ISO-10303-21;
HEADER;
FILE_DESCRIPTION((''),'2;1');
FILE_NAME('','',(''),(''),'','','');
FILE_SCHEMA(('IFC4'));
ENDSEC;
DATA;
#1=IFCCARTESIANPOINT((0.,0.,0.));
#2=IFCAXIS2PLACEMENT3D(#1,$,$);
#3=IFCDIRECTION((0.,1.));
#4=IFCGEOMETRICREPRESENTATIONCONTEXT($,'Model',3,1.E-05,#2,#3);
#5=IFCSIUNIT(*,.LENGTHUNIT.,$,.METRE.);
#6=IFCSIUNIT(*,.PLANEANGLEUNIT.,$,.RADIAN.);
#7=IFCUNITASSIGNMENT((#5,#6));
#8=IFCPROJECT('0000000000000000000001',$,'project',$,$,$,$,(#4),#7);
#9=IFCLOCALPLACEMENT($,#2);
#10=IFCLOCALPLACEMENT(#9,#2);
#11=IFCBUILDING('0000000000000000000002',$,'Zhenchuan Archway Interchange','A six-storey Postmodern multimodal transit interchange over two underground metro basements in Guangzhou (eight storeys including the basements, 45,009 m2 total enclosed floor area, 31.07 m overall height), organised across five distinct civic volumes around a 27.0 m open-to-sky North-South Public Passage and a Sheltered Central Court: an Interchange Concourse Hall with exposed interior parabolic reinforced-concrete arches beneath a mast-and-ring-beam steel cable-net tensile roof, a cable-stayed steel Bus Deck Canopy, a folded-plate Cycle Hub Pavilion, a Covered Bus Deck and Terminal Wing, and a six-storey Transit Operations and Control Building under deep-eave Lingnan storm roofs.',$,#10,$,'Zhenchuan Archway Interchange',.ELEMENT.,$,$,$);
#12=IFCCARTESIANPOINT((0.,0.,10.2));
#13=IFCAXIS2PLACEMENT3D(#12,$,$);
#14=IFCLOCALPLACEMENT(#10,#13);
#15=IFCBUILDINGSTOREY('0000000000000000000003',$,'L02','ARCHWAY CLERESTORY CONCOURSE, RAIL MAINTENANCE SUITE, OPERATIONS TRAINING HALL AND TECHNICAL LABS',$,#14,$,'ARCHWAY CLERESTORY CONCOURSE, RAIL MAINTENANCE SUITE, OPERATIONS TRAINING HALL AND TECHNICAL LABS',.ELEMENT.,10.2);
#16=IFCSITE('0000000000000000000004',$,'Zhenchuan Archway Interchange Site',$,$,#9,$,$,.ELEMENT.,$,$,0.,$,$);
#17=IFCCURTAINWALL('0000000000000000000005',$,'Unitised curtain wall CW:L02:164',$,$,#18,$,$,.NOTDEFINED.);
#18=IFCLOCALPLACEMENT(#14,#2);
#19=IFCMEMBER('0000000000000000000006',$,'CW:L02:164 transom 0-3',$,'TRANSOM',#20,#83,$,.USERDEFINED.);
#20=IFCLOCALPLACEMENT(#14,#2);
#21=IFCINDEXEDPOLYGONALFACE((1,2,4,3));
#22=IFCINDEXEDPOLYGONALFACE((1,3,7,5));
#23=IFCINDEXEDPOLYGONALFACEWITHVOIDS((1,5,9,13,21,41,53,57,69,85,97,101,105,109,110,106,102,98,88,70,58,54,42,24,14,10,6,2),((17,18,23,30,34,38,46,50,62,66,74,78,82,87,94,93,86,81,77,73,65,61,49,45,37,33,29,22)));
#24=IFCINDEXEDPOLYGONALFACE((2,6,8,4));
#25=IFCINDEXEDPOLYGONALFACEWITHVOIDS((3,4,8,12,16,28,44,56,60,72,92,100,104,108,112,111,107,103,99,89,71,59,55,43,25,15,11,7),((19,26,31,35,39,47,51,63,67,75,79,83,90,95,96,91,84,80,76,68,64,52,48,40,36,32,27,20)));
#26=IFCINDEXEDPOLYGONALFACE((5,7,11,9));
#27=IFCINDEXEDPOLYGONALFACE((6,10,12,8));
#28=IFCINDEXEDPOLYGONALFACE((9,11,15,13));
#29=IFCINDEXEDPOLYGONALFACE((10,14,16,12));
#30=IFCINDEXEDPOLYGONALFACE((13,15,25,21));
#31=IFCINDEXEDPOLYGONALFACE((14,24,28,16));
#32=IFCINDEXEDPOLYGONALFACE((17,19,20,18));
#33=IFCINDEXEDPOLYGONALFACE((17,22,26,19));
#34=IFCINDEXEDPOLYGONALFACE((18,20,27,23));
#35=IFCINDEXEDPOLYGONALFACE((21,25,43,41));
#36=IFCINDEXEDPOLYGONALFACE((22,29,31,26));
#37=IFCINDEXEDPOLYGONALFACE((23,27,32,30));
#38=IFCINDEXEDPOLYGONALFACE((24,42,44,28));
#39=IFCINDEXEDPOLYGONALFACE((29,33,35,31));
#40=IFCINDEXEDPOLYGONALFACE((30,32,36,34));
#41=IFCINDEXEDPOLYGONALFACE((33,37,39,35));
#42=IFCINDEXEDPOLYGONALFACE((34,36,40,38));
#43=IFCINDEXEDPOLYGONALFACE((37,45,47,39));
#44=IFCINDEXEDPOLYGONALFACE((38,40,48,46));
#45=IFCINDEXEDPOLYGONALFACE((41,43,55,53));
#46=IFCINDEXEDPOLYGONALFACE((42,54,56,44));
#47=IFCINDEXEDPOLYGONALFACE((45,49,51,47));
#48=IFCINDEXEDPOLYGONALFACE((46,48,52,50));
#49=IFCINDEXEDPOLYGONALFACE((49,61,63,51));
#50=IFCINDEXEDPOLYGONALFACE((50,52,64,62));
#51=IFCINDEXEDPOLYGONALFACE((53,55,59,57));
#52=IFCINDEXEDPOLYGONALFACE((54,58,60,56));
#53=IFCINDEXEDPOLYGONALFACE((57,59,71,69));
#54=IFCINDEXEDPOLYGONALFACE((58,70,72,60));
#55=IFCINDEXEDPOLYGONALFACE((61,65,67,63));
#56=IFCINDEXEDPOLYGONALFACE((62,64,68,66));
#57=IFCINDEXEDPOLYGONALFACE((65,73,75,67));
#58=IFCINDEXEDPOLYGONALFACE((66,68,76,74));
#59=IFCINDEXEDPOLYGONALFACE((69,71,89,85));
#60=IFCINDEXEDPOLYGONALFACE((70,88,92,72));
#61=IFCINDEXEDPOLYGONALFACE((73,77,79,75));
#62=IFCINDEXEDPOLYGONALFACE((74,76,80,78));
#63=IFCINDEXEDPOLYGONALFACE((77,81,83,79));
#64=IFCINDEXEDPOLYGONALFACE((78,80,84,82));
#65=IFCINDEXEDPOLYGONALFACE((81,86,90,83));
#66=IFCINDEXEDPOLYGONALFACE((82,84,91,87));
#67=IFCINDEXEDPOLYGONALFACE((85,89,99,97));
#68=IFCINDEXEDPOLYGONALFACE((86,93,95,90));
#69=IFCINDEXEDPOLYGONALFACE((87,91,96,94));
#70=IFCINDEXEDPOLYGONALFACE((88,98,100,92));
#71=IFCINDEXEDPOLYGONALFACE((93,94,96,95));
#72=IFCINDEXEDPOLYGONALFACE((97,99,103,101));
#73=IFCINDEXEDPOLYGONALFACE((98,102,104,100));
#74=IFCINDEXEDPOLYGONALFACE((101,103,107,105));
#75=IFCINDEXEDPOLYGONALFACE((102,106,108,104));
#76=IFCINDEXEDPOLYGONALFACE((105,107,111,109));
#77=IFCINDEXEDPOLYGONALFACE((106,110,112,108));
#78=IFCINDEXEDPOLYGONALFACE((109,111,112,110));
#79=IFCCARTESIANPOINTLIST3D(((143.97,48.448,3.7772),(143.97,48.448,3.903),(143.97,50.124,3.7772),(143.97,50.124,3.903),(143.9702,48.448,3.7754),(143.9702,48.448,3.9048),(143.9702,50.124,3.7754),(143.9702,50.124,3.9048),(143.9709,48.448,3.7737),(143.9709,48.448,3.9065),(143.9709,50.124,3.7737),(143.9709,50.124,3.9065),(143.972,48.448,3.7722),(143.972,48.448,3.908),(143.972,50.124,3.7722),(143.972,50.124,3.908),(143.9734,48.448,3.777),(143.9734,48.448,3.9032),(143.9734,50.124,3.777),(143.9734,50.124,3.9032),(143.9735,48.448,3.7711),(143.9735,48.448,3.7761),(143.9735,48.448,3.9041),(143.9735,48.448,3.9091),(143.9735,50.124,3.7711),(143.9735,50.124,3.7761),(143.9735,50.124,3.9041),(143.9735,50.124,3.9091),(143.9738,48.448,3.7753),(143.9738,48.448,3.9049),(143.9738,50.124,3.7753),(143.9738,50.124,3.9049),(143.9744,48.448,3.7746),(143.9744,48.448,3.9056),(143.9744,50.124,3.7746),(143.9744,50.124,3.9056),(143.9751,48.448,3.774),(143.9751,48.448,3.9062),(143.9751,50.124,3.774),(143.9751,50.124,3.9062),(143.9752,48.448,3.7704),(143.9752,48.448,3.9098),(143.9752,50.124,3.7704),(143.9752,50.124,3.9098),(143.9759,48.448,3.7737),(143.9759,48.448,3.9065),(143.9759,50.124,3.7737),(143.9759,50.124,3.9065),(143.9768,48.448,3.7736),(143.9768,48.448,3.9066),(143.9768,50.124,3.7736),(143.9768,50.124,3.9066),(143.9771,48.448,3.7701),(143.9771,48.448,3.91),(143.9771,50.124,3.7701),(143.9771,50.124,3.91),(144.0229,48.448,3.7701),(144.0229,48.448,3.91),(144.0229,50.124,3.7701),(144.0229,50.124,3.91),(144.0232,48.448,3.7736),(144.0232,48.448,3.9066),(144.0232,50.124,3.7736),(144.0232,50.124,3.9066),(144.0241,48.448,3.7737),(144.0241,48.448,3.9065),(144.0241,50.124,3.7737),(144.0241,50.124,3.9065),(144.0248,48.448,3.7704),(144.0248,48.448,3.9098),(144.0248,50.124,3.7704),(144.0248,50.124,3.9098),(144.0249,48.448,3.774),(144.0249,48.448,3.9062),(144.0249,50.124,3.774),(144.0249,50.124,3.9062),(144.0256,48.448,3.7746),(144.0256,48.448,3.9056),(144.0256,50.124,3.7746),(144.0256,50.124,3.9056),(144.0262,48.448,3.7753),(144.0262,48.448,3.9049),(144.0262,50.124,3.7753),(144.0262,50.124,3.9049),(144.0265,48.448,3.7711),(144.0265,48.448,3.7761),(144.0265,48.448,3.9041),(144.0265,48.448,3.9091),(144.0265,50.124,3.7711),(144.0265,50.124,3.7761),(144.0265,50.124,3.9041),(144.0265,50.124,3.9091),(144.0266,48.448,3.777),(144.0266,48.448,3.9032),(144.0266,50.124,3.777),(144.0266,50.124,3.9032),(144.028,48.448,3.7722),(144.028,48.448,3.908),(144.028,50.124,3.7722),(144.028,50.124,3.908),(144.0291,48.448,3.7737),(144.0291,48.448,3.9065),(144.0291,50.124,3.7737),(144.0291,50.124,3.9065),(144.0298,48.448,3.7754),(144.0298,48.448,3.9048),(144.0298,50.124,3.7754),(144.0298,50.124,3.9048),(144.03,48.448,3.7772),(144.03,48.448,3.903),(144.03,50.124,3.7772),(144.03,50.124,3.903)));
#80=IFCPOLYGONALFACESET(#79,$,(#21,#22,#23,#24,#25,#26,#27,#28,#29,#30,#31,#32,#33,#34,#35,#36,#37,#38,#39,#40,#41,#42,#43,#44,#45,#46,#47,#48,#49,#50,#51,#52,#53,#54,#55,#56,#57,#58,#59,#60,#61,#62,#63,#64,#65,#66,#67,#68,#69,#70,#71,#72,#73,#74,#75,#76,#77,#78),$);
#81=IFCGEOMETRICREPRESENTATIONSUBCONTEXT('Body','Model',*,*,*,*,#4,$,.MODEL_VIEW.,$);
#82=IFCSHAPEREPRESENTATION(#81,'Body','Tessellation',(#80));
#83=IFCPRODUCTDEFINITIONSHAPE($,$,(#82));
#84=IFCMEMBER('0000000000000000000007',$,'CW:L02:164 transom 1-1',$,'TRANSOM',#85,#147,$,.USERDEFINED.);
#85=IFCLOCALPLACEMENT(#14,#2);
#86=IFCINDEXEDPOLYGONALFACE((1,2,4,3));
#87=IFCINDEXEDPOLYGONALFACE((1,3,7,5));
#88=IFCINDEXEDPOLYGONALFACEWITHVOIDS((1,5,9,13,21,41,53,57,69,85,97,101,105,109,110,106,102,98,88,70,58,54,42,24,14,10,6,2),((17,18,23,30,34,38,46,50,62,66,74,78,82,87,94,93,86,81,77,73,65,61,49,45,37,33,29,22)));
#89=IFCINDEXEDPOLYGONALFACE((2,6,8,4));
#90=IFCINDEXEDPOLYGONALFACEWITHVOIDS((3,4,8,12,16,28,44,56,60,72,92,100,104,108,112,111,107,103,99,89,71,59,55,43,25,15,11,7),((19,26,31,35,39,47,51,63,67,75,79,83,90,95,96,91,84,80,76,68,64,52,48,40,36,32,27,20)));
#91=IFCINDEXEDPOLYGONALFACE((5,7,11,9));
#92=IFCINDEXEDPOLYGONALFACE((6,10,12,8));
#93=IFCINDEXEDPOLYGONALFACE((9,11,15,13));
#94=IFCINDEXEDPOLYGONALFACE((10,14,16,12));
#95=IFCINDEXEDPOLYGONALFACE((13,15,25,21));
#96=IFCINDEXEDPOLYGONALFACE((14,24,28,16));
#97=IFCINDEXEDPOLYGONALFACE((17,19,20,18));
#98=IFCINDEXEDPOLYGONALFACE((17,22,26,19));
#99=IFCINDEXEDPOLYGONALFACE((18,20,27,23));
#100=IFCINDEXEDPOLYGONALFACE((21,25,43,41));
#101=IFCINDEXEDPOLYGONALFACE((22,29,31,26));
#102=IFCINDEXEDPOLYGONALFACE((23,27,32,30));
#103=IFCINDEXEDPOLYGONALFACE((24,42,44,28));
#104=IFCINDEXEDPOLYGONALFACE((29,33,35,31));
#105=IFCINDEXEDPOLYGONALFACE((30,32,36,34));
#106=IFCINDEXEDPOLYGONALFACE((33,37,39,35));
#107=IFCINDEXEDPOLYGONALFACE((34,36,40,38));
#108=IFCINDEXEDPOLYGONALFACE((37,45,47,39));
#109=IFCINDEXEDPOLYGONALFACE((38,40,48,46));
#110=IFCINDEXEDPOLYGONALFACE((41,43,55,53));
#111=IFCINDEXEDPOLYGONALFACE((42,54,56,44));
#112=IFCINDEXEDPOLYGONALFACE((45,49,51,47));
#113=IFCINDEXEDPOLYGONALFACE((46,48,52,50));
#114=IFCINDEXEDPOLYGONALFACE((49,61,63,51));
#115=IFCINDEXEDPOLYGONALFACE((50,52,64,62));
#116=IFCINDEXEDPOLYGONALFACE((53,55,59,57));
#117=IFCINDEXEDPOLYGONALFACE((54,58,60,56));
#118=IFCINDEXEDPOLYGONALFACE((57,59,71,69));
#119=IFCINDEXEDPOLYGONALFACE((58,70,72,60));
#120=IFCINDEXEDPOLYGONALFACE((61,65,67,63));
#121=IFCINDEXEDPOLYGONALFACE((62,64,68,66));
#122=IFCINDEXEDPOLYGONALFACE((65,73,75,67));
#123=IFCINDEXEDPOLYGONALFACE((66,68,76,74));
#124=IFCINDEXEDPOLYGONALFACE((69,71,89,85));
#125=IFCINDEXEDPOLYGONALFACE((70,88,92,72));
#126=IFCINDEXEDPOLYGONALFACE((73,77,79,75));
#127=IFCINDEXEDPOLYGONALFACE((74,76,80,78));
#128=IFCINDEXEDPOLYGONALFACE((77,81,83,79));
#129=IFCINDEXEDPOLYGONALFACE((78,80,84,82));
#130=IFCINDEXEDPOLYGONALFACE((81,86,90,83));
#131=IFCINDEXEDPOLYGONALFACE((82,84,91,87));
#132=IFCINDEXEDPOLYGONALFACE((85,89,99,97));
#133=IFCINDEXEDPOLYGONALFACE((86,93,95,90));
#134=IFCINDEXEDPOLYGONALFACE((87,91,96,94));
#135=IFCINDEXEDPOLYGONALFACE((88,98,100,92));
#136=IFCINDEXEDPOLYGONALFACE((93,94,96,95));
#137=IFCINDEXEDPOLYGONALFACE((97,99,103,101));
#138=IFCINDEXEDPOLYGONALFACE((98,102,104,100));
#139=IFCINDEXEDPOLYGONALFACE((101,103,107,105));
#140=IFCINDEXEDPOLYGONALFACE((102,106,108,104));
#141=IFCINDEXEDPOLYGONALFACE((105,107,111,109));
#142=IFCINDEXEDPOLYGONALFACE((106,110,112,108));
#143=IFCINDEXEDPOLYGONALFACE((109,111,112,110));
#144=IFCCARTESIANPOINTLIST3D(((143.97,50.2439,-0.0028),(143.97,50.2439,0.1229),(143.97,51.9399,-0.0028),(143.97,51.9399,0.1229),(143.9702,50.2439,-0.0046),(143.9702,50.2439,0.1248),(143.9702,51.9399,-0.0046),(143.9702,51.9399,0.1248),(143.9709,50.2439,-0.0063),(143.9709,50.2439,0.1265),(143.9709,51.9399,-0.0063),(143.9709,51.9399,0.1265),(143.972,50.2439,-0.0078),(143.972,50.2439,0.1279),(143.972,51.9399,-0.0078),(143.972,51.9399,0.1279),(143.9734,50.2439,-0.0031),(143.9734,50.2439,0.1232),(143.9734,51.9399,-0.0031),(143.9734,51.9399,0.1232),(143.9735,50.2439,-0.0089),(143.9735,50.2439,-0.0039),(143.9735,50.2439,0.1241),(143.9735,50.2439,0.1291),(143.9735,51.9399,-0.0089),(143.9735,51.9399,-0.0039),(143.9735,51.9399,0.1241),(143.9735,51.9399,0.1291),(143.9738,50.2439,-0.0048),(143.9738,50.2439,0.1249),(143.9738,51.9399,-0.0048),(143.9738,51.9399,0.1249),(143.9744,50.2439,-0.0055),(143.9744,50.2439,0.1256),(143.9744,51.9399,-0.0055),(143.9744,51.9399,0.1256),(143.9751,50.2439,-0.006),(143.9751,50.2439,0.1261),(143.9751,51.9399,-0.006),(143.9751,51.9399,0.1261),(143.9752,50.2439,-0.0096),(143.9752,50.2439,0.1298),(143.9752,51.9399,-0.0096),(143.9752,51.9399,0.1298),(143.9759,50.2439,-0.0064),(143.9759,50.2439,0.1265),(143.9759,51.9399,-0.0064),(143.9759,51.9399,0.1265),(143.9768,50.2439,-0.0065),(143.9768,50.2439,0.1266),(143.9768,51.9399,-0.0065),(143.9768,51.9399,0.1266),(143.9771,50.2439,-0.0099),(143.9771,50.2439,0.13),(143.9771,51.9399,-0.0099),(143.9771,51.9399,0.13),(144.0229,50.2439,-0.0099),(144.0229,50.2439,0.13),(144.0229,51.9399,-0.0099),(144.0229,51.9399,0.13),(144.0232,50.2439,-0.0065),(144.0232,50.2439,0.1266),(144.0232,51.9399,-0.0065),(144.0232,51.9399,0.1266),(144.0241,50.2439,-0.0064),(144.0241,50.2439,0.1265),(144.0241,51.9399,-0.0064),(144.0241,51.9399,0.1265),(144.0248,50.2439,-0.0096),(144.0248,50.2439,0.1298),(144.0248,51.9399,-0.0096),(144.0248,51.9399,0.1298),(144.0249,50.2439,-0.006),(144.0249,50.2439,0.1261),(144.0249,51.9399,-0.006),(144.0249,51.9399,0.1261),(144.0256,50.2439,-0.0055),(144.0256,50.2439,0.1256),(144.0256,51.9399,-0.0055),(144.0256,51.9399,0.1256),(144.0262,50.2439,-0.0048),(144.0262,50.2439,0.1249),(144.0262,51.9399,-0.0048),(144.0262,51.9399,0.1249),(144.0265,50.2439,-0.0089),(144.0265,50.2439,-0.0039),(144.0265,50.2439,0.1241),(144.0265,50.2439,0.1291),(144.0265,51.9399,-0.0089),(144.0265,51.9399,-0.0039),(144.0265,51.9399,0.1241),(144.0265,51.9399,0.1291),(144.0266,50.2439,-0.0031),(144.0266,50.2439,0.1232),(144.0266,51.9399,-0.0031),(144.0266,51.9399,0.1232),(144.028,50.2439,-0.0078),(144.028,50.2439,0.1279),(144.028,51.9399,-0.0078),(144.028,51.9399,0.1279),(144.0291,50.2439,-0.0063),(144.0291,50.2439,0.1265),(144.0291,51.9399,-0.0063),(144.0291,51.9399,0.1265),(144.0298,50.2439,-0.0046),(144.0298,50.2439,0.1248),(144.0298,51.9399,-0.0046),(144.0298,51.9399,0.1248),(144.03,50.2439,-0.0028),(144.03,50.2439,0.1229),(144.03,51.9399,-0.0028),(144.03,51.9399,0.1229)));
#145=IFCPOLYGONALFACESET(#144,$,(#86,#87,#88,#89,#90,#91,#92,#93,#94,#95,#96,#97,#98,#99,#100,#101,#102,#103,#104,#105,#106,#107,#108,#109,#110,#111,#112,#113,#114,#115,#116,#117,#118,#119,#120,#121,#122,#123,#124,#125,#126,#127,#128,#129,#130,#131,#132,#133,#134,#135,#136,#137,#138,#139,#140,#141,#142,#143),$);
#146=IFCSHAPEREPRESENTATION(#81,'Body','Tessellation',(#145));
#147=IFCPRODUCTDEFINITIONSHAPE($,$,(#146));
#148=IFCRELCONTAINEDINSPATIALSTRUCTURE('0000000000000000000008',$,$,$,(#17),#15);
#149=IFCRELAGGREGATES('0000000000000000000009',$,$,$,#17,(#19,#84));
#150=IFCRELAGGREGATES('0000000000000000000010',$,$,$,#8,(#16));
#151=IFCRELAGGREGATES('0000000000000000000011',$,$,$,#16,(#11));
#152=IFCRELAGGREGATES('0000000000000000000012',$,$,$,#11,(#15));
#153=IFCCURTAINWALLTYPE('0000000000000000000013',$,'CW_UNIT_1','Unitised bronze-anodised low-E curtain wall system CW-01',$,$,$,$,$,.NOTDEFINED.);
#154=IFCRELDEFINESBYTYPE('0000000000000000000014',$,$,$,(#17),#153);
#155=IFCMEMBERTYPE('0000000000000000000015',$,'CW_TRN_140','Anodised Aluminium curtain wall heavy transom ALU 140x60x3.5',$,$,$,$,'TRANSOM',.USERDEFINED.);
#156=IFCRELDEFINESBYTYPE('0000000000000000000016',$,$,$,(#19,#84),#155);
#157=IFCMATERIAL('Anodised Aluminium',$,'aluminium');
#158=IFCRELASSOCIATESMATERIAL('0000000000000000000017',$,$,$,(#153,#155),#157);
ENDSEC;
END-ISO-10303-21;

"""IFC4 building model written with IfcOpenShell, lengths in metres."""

from ifc_helpers import new_model, si_unit, direction, frame, origin, origin_2d, place, context, subcontext, project, spatial, hollow_rectangle, extrude, material, material_profile, profile_set, type_object, element, aggregate, save


model = new_model("IFC4")

# Units and contexts
model_context = context("Model", 3, precision=1e-05, world=origin(), true_north=direction((0.0, 1.0)))
body_context = subcontext(model_context, "Body", "Model", "MODEL_VIEW")
ifc_project = project(units=[si_unit("LENGTHUNIT", "METRE"), si_unit("PLANEANGLEUNIT", "RADIAN")], contexts=[model_context])

# Site, building, storey
site_placement = place(None, origin())
site = spatial("IfcSite", under=ifc_project, at=site_placement, Name="Zhenchuan Archway Interchange Site", CompositionType="ELEMENT", RefElevation=0.0)
building_placement = place(site_placement, origin())
building = spatial("IfcBuilding", under=site, at=building_placement, Name="Zhenchuan Archway Interchange", Description="A six-storey Postmodern multimodal transit interchange over two underground metro basements in Guangzhou (eight storeys including the basements, 45,009 m2 total enclosed floor area, 31.07 m overall height), organised across five distinct civic volumes around a 27.0 m open-to-sky North-South Public Passage and a Sheltered Central Court: an Interchange Concourse Hall with exposed interior parabolic reinforced-concrete arches beneath a mast-and-ring-beam steel cable-net tensile roof, a cable-stayed steel Bus Deck Canopy, a folded-plate Cycle Hub Pavilion, a Covered Bus Deck and Terminal Wing, and a six-storey Transit Operations and Control Building under deep-eave Lingnan storm roofs.", LongName="Zhenchuan Archway Interchange", CompositionType="ELEMENT")
storey_placement = place(building_placement, frame((0.0, 0.0, 10.2)))
storey = spatial("IfcBuildingStorey", under=building, at=storey_placement, Name="L02", Description="ARCHWAY CLERESTORY CONCOURSE, RAIL MAINTENANCE SUITE, OPERATIONS TRAINING HALL AND TECHNICAL LABS", LongName="ARCHWAY CLERESTORY CONCOURSE, RAIL MAINTENANCE SUITE, OPERATIONS TRAINING HALL AND TECHNICAL LABS", CompositionType="ELEMENT", Elevation=10.2)

# Curtain wall, members
ifc_material_1 = material(Name="Anodised Aluminium", Category="aluminium")
curtain_wall_type = type_object("IfcCurtainWallType", Name="CW_UNIT_1", Description="Unitised bronze-anodised low-E curtain wall system CW-01", PredefinedType="NOTDEFINED", material=ifc_material_1)
curtain_wall_placement = place(storey_placement, origin())
curtain_wall = element("IfcCurtainWall", 1, at=curtain_wall_placement, inside=storey, type_object=curtain_wall_type, Name="Unitised curtain wall CW:L02:164", PredefinedType="NOTDEFINED")
ifc_material_profile_1 = material_profile(ifc_material_1, hollow_rectangle(XDim=0.0601, YDim=0.1399, WallThickness=0.0034, InnerFilletRadius=0.0034, OuterFilletRadius=0.0071, at=origin_2d()), Name="ALU 140x60x3.5")
ifc_profile_set_1 = profile_set([ifc_material_profile_1], Name="Anodised Aluminium")
member_type_1 = type_object("IfcMemberType", Name="CW_TRN_140", Description="Anodised Aluminium curtain wall heavy transom ALU 140x60x3.5", ElementType="TRANSOM", PredefinedType="USERDEFINED", material=ifc_profile_set_1)
member_1_placement = place(storey_placement, frame((144.0, 48.448, 3.8401), z_axis=(0.0, 1.0, 0.0), x_axis=(-1.0, 0.0, 0.0)))
member_1 = element("IfcMember", 2, at=member_1_placement, type_object=member_type_1, Name="CW:L02:164 transom 0-3", ObjectType="TRANSOM", PredefinedType="USERDEFINED", context=body_context, shape_type="SweptSolid", body=[
    extrude(hollow_rectangle(XDim=0.0601, YDim=0.1399, WallThickness=0.0034, InnerFilletRadius=0.0034, OuterFilletRadius=0.0071, at=origin_2d()), origin(), (0.0, 0.0, 1.0), 1.676),
])
member_2_placement = place(storey_placement, frame((144.0, 50.2439, 0.0601), z_axis=(0.0, 1.0, 0.0), x_axis=(-1.0, 0.0, 0.0)))
member_2 = element("IfcMember", 3, at=member_2_placement, type_object=member_type_1, Name="CW:L02:164 transom 1-1", ObjectType="TRANSOM", PredefinedType="USERDEFINED", context=body_context, shape_type="SweptSolid", body=[
    extrude(hollow_rectangle(XDim=0.0601, YDim=0.1399, WallThickness=0.0034, InnerFilletRadius=0.0034, OuterFilletRadius=0.0071, at=origin_2d()), origin(), (0.0, 0.0, 1.0), 1.696),
])

aggregate(curtain_wall, [member_1, member_2])

save(model, "model.ifc")
